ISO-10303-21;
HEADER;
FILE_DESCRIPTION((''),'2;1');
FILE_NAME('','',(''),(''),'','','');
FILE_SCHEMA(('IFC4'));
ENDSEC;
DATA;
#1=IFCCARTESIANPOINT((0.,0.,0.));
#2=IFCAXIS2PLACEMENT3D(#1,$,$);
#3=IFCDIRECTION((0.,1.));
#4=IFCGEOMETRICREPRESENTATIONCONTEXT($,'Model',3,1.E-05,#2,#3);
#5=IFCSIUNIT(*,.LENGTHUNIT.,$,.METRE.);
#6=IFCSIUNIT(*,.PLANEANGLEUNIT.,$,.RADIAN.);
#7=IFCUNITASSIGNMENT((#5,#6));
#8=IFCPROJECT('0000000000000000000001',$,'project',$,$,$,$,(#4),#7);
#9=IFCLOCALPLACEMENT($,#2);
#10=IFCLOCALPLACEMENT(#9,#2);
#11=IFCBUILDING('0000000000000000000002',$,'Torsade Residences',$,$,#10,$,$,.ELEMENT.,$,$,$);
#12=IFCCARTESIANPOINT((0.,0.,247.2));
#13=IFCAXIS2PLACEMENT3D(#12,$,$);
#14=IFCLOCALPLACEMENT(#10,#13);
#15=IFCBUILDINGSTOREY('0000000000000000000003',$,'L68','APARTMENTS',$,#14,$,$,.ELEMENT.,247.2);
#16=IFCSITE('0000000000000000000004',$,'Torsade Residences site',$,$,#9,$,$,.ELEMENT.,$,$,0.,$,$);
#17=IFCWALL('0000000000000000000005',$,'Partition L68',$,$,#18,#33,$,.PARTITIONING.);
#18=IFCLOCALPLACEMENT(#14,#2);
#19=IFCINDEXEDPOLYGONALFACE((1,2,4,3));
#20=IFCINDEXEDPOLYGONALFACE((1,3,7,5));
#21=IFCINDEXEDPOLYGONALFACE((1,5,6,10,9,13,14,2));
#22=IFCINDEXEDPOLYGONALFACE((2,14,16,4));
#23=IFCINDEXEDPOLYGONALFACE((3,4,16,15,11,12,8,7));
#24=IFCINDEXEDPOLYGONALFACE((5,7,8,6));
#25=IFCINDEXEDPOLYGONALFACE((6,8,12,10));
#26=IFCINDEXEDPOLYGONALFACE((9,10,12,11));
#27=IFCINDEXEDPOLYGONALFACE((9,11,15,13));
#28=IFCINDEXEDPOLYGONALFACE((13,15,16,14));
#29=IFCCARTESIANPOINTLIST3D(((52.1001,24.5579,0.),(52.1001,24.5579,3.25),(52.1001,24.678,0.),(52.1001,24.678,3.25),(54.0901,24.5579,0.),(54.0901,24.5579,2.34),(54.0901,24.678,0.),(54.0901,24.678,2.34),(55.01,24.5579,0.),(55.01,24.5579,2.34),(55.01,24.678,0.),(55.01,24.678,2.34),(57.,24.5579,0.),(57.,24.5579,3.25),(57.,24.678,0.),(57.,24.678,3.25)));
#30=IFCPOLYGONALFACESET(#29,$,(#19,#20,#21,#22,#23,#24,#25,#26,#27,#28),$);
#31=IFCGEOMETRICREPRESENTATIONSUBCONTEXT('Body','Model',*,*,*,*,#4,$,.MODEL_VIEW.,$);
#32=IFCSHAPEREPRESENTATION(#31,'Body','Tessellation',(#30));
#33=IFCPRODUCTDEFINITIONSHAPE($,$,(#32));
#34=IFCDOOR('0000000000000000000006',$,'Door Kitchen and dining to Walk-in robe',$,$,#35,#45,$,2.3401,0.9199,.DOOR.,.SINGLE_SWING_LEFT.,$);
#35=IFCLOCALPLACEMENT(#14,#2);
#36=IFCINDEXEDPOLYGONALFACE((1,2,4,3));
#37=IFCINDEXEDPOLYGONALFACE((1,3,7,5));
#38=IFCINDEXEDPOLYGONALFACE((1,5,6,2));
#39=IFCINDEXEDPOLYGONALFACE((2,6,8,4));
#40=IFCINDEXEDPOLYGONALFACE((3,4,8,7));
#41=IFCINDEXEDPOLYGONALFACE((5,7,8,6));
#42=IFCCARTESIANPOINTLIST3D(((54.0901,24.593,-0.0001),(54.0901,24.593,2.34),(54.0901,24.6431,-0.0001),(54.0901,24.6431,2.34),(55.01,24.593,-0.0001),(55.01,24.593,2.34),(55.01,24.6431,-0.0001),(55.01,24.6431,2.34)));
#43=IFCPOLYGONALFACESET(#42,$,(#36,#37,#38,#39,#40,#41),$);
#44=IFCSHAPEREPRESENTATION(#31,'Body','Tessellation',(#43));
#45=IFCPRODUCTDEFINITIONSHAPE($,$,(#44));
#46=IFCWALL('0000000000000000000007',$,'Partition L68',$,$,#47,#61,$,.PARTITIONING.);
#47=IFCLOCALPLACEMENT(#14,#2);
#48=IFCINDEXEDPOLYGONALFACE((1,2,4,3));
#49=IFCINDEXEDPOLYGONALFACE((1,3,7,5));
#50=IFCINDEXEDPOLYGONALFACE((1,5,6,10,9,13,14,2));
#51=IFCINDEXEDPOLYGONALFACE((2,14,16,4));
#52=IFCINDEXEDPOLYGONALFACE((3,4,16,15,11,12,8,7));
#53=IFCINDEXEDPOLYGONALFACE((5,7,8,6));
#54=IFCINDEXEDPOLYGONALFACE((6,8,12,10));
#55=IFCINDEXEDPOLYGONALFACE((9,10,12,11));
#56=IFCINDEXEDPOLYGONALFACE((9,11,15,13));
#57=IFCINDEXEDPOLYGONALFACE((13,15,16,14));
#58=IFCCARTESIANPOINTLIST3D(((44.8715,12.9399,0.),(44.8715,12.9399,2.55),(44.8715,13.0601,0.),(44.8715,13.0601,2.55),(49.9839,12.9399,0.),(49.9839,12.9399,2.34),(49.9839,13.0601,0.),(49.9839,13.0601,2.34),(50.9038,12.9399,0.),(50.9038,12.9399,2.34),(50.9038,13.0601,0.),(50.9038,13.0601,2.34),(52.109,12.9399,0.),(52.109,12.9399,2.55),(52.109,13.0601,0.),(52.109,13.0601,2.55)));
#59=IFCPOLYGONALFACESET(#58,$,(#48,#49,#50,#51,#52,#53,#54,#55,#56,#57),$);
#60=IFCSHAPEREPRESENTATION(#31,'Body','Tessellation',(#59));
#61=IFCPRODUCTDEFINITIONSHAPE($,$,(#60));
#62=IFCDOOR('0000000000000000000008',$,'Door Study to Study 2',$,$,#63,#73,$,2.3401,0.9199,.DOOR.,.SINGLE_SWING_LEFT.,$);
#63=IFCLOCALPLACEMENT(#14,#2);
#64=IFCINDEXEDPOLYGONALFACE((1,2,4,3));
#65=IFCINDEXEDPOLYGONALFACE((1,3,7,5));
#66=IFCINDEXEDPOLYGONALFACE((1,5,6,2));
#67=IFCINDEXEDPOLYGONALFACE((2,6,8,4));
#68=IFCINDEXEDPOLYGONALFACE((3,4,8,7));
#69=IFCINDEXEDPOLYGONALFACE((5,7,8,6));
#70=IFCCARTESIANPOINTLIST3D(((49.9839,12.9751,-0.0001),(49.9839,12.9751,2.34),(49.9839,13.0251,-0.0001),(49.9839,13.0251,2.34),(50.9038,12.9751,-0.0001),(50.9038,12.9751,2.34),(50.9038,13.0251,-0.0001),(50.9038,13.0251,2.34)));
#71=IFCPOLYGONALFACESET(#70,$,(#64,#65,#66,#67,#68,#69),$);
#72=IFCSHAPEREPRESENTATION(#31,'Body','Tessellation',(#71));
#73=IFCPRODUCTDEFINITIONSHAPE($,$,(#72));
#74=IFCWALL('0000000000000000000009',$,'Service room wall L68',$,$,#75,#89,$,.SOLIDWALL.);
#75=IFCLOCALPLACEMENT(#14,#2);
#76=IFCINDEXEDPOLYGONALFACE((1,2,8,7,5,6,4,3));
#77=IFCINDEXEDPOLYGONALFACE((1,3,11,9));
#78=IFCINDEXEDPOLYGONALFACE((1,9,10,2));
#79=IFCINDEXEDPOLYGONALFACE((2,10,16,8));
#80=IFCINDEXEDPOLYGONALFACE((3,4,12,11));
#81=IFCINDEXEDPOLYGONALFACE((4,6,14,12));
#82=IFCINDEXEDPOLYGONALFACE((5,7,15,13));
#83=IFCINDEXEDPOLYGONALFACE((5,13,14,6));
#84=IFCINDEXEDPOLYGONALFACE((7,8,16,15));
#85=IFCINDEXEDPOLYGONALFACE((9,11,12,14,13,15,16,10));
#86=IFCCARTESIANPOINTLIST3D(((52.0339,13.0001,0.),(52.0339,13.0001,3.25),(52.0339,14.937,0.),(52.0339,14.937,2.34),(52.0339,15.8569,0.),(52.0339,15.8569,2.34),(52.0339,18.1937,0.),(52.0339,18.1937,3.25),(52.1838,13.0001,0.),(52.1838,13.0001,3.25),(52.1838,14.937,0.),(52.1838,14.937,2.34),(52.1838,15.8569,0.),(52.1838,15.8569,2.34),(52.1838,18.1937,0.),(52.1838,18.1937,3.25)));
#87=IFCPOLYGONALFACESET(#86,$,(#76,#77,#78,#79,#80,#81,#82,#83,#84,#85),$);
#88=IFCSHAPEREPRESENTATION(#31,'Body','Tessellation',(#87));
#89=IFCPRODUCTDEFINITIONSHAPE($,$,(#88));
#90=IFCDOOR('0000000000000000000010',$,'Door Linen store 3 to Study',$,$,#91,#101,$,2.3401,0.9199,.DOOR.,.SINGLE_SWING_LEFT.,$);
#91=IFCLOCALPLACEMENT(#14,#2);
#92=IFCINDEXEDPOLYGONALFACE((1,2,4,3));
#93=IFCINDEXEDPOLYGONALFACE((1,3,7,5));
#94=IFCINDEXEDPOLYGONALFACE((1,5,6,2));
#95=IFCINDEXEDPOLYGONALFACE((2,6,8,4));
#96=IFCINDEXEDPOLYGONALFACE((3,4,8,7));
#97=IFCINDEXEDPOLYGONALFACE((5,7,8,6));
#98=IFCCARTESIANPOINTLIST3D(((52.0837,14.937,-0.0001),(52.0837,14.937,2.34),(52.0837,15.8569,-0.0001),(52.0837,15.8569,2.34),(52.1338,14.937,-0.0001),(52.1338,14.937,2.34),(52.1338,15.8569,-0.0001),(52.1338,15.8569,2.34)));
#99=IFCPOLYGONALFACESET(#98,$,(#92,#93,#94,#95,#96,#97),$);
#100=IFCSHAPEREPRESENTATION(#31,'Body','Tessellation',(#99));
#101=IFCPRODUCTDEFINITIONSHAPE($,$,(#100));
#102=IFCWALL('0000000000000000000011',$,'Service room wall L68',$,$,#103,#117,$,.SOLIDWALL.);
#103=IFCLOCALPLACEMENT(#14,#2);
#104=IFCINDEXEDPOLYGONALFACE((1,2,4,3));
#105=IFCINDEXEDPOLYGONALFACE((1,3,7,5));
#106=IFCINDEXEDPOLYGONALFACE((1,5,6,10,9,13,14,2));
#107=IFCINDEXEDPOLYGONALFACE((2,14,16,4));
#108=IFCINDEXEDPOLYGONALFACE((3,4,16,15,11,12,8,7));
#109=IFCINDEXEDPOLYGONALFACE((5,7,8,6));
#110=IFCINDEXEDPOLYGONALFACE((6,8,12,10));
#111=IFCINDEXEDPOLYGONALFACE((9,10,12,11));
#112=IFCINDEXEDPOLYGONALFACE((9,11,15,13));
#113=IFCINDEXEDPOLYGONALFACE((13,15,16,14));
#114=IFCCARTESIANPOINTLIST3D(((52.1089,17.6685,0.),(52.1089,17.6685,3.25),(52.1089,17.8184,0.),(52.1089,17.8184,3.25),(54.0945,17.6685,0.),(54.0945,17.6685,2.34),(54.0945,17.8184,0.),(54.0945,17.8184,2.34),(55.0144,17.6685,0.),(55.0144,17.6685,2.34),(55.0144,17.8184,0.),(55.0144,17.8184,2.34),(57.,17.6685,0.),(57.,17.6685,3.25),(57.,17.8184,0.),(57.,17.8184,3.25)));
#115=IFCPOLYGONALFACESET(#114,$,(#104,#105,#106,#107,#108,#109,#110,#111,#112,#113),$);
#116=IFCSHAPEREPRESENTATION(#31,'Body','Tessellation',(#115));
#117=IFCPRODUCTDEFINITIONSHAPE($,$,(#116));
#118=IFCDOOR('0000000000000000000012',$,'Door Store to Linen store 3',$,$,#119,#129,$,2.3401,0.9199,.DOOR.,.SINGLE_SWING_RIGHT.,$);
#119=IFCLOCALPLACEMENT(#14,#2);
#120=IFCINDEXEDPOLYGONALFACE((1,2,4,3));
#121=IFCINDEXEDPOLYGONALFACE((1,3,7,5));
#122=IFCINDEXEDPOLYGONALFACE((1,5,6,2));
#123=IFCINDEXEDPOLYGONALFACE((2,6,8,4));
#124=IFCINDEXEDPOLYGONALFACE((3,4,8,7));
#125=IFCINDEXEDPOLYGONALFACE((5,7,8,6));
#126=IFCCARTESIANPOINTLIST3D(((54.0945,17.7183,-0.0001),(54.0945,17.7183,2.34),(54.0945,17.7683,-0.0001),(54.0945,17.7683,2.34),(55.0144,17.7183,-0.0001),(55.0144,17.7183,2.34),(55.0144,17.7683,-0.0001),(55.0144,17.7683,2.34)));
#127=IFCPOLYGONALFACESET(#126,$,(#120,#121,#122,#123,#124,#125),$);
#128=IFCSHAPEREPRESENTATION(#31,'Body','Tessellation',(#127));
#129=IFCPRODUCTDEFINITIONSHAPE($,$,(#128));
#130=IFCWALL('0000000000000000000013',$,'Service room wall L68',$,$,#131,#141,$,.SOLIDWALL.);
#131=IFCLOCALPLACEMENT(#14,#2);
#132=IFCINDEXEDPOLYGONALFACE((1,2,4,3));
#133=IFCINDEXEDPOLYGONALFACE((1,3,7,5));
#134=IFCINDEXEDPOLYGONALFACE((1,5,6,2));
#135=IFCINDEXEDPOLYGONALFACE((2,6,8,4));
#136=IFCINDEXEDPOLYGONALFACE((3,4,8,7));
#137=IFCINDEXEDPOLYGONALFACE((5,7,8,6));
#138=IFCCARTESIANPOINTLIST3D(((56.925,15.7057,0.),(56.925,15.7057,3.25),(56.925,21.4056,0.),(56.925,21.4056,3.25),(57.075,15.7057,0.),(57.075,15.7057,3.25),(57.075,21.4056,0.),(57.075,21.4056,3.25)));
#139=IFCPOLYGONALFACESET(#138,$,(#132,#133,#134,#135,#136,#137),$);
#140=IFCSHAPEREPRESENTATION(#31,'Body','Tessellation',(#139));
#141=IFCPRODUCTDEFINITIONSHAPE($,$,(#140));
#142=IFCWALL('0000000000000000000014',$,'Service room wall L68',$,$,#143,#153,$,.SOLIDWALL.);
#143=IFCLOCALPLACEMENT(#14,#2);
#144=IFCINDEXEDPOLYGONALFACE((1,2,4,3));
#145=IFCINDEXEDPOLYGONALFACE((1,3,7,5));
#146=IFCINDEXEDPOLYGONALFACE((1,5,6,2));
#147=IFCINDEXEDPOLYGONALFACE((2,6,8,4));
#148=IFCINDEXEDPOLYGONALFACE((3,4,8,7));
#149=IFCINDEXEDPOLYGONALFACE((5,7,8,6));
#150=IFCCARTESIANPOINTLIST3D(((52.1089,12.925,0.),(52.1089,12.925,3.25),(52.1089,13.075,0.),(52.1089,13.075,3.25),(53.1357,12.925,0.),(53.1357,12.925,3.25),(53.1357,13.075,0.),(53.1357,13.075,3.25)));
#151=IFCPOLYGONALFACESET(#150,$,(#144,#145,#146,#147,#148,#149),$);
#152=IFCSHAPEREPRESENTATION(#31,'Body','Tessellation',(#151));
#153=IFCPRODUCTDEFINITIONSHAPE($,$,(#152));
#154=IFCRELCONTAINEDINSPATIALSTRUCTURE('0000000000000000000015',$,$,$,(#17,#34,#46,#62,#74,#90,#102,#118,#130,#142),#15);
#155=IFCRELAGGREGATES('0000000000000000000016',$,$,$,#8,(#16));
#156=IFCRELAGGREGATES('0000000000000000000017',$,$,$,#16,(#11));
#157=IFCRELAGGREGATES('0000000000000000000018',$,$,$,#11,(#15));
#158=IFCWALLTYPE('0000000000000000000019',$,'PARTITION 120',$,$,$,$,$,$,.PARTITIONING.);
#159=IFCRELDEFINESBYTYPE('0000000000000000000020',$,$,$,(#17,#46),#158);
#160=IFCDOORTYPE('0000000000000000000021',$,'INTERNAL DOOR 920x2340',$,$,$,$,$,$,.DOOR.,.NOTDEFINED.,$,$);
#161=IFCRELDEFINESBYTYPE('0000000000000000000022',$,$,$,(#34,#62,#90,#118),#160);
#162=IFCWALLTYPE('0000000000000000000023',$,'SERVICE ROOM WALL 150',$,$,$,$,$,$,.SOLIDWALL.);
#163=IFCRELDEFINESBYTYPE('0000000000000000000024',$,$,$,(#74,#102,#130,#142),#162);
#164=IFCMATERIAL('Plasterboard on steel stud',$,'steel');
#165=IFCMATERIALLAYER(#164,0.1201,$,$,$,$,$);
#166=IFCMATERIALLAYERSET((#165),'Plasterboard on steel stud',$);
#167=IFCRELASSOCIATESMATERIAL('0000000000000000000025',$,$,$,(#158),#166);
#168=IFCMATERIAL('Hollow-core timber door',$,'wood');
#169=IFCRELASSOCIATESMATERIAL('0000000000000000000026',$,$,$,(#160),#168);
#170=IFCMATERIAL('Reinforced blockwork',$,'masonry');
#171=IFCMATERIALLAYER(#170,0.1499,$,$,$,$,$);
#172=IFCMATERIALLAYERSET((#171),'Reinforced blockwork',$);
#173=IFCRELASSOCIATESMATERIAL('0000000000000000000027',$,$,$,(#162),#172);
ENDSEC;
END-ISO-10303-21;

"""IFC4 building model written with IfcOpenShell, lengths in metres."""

from ifc_helpers import new_model, si_unit, direction, frame, frame_2d, origin, place, context, subcontext, project, spatial, rectangle, extrude, material, layer, layer_set, type_object, element, fill, save


model = new_model("IFC4")

# Units and contexts
model_context = context("Model", 3, precision=1e-05, world=origin(), true_north=direction((0.0, 1.0)))
body_context = subcontext(model_context, "Body", "Model", "MODEL_VIEW")
ifc_project = project(units=[si_unit("LENGTHUNIT", "METRE"), si_unit("PLANEANGLEUNIT", "RADIAN")], contexts=[model_context])

# Site, building, storey
site_placement = place(None, origin())
site = spatial("IfcSite", under=ifc_project, at=site_placement, Name="Torsade Residences site", CompositionType="ELEMENT", RefElevation=0.0)
building_placement = place(site_placement, origin())
building = spatial("IfcBuilding", under=site, at=building_placement, Name="Torsade Residences", CompositionType="ELEMENT")
storey_placement = place(building_placement, frame((0.0, 0.0, 247.2)))
storey = spatial("IfcBuildingStorey", under=building, at=storey_placement, Name="L68", Description="APARTMENTS", CompositionType="ELEMENT", Elevation=247.2)

# Walls, openings, doors
ifc_material_1 = material(Name="Plasterboard on steel stud", Category="steel")
ifc_layer_1 = layer(ifc_material_1, 0.1201)
ifc_layer_set_1 = layer_set([ifc_layer_1], Name="Plasterboard on steel stud")
wall_type_1 = type_object("IfcWallType", Name="PARTITION 120", PredefinedType="PARTITIONING", material=ifc_layer_set_1)
wall_1_placement = place(storey_placement, frame((57.0, 24.6179, 0.0), z_axis=(0.0, 0.0, 1.0), x_axis=(-1.0, 0.0, 0.0)))
wall_1 = element("IfcWall", 1, at=wall_1_placement, inside=storey, type_object=wall_type_1, Name="Partition L68", PredefinedType="PARTITIONING", context=body_context, shape_type="SweptSolid", body=[
    extrude(rectangle(XDim=4.8999, YDim=0.1201, at=frame_2d((2.45, 0.0))), origin(), (0.0, 0.0, 1.0), 3.25),
])
opening_1_placement = place(wall_1_placement, frame((1.99, 0.0, 0.0)))
opening_1 = element("IfcOpeningElement", 2, at=opening_1_placement, cuts=wall_1, PredefinedType="OPENING", context=body_context, shape_type="SweptSolid", body=[
    extrude(rectangle(XDim=0.9199, YDim=2.3401, at=frame_2d((0.46, 1.1699))), frame((0.0, 0.0701, 0.0), z_axis=(0.0, -1.0, 0.0), x_axis=(1.0, 0.0, 0.0)), (0.0, 0.0, 1.0), 0.1401),
])
ifc_material_2 = material(Name="Hollow-core timber door", Category="wood")
door_type_1 = type_object("IfcDoorType", Name="INTERNAL DOOR 920x2340", OperationType="NOTDEFINED", PredefinedType="DOOR", material=ifc_material_2)
door_1_placement = place(opening_1_placement, origin())
door_1 = element("IfcDoor", 3, at=door_1_placement, inside=storey, type_object=door_type_1, Name="Door Kitchen and dining to Walk-in robe", OperationType="SINGLE_SWING_LEFT", OverallHeight=2.3401, OverallWidth=0.9199, PredefinedType="DOOR", context=body_context, shape_type="SweptSolid", body=[
    extrude(rectangle(XDim=0.9199, YDim=2.3401, at=frame_2d((0.46, 1.1699))), frame((0.0, 0.0249, 0.0), z_axis=(0.0, -1.0, 0.0), x_axis=(1.0, 0.0, 0.0)), (0.0, 0.0, 1.0), 0.05),
])
fill(opening_1, door_1)
wall_2_placement = place(storey_placement, frame((52.1089, 13.0, 0.0), z_axis=(0.0, 0.0, 1.0), x_axis=(-1.0, 0.0, 0.0)))
wall_2 = element("IfcWall", 4, at=wall_2_placement, inside=storey, type_object=wall_type_1, Name="Partition L68", PredefinedType="PARTITIONING", context=body_context, shape_type="SweptSolid", body=[
    extrude(rectangle(XDim=7.2375, YDim=0.1201, at=frame_2d((3.6187, 0.0))), origin(), (0.0, 0.0, 1.0), 2.55),
])
opening_2_placement = place(wall_2_placement, frame((1.2051, 0.0, 0.0)))
opening_2 = element("IfcOpeningElement", 5, at=opening_2_placement, cuts=wall_2, PredefinedType="OPENING", context=body_context, shape_type="SweptSolid", body=[
    extrude(rectangle(XDim=0.9199, YDim=2.3401, at=frame_2d((0.46, 1.1699))), frame((0.0, 0.0701, 0.0), z_axis=(0.0, -1.0, 0.0), x_axis=(1.0, 0.0, 0.0)), (0.0, 0.0, 1.0), 0.1401),
])
door_2_placement = place(opening_2_placement, origin())
door_2 = element("IfcDoor", 6, at=door_2_placement, inside=storey, type_object=door_type_1, Name="Door Study to Study 2", OperationType="SINGLE_SWING_LEFT", OverallHeight=2.3401, OverallWidth=0.9199, PredefinedType="DOOR", context=body_context, shape_type="SweptSolid", body=[
    extrude(rectangle(XDim=0.9199, YDim=2.3401, at=frame_2d((0.46, 1.1699))), frame((0.0, 0.0249, 0.0), z_axis=(0.0, -1.0, 0.0), x_axis=(1.0, 0.0, 0.0)), (0.0, 0.0, 1.0), 0.05),
])
fill(opening_2, door_2)
ifc_material_3 = material(Name="Reinforced blockwork", Category="masonry")
ifc_layer_2 = layer(ifc_material_3, 0.1499)
ifc_layer_set_2 = layer_set([ifc_layer_2], Name="Reinforced blockwork")
wall_type_2 = type_object("IfcWallType", Name="SERVICE ROOM WALL 150", PredefinedType="SOLIDWALL", material=ifc_layer_set_2)
wall_3_placement = place(storey_placement, frame((52.1089, 18.1936, 0.0), z_axis=(0.0, 0.0, 1.0), x_axis=(0.0, -1.0, 0.0)))
wall_3 = element("IfcWall", 7, at=wall_3_placement, inside=storey, type_object=wall_type_2, Name="Service room wall L68", PredefinedType="SOLIDWALL", context=body_context, shape_type="SweptSolid", body=[
    extrude(rectangle(XDim=5.1936, YDim=0.1499, at=frame_2d((2.5967, 0.0))), origin(), (0.0, 0.0, 1.0), 3.25),
])
opening_3_placement = place(wall_3_placement, frame((2.3367, 0.0, 0.0)))
opening_3 = element("IfcOpeningElement", 8, at=opening_3_placement, cuts=wall_3, PredefinedType="OPENING", context=body_context, shape_type="SweptSolid", body=[
    extrude(rectangle(XDim=0.9199, YDim=2.3401, at=frame_2d((0.46, 1.1699))), frame((0.0, 0.085, 0.0), z_axis=(0.0, -1.0, 0.0), x_axis=(1.0, 0.0, 0.0)), (0.0, 0.0, 1.0), 0.1699),
])
door_3_placement = place(opening_3_placement, origin())
door_3 = element("IfcDoor", 9, at=door_3_placement, inside=storey, type_object=door_type_1, Name="Door Linen store 3 to Study", OperationType="SINGLE_SWING_LEFT", OverallHeight=2.3401, OverallWidth=0.9199, PredefinedType="DOOR", context=body_context, shape_type="SweptSolid", body=[
    extrude(rectangle(XDim=0.9199, YDim=2.3401, at=frame_2d((0.46, 1.1699))), frame((0.0, 0.0249, 0.0), z_axis=(0.0, -1.0, 0.0), x_axis=(1.0, 0.0, 0.0)), (0.0, 0.0, 1.0), 0.05),
])
fill(opening_3, door_3)
wall_4_placement = place(storey_placement, frame((52.1089, 17.7434, 0.0), z_axis=(0.0, 0.0, 1.0), x_axis=(1.0, 0.0, 0.0)))
wall_4 = element("IfcWall", 10, at=wall_4_placement, inside=storey, type_object=wall_type_2, Name="Service room wall L68", PredefinedType="SOLIDWALL", context=body_context, shape_type="SweptSolid", body=[
    extrude(rectangle(XDim=4.8911, YDim=0.1499, at=frame_2d((2.4456, 0.0))), origin(), (0.0, 0.0, 1.0), 3.25),
])
opening_4_placement = place(wall_4_placement, frame((1.9856, 0.0, 0.0)))
opening_4 = element("IfcOpeningElement", 11, at=opening_4_placement, cuts=wall_4, PredefinedType="OPENING", context=body_context, shape_type="SweptSolid", body=[
    extrude(rectangle(XDim=0.9199, YDim=2.3401, at=frame_2d((0.46, 1.1699))), frame((0.0, 0.085, 0.0), z_axis=(0.0, -1.0, 0.0), x_axis=(1.0, 0.0, 0.0)), (0.0, 0.0, 1.0), 0.1699),
])
door_4_placement = place(opening_4_placement, origin())
door_4 = element("IfcDoor", 12, at=door_4_placement, inside=storey, type_object=door_type_1, Name="Door Store to Linen store 3", OperationType="SINGLE_SWING_RIGHT", OverallHeight=2.3401, OverallWidth=0.9199, PredefinedType="DOOR", context=body_context, shape_type="SweptSolid", body=[
    extrude(rectangle(XDim=0.9199, YDim=2.3401, at=frame_2d((0.46, 1.1699))), frame((0.0, 0.0249, 0.0), z_axis=(0.0, -1.0, 0.0), x_axis=(1.0, 0.0, 0.0)), (0.0, 0.0, 1.0), 0.05),
])
fill(opening_4, door_4)

# Walls
wall_5_placement = place(storey_placement, frame((57.0, 21.4058, 0.0), z_axis=(0.0, 0.0, 1.0), x_axis=(0.0, -1.0, 0.0)))
element("IfcWall", 13, at=wall_5_placement, inside=storey, type_object=wall_type_2, Name="Service room wall L68", PredefinedType="SOLIDWALL", context=body_context, shape_type="SweptSolid", body=[
    extrude(rectangle(XDim=5.7, YDim=0.1499, at=frame_2d((2.8501, 0.0))), origin(), (0.0, 0.0, 1.0), 3.25),
])
wall_6_placement = place(storey_placement, frame((53.1357, 13.0, 0.0), z_axis=(0.0, 0.0, 1.0), x_axis=(-1.0, 0.0, 0.0)))
element("IfcWall", 14, at=wall_6_placement, inside=storey, type_object=wall_type_2, Name="Service room wall L68", PredefinedType="SOLIDWALL", context=body_context, shape_type="SweptSolid", body=[
    extrude(rectangle(XDim=1.0269, YDim=0.1499, at=frame_2d((0.5134, 0.0))), origin(), (0.0, 0.0, 1.0), 3.25),
])

save(model, "model.ifc")
